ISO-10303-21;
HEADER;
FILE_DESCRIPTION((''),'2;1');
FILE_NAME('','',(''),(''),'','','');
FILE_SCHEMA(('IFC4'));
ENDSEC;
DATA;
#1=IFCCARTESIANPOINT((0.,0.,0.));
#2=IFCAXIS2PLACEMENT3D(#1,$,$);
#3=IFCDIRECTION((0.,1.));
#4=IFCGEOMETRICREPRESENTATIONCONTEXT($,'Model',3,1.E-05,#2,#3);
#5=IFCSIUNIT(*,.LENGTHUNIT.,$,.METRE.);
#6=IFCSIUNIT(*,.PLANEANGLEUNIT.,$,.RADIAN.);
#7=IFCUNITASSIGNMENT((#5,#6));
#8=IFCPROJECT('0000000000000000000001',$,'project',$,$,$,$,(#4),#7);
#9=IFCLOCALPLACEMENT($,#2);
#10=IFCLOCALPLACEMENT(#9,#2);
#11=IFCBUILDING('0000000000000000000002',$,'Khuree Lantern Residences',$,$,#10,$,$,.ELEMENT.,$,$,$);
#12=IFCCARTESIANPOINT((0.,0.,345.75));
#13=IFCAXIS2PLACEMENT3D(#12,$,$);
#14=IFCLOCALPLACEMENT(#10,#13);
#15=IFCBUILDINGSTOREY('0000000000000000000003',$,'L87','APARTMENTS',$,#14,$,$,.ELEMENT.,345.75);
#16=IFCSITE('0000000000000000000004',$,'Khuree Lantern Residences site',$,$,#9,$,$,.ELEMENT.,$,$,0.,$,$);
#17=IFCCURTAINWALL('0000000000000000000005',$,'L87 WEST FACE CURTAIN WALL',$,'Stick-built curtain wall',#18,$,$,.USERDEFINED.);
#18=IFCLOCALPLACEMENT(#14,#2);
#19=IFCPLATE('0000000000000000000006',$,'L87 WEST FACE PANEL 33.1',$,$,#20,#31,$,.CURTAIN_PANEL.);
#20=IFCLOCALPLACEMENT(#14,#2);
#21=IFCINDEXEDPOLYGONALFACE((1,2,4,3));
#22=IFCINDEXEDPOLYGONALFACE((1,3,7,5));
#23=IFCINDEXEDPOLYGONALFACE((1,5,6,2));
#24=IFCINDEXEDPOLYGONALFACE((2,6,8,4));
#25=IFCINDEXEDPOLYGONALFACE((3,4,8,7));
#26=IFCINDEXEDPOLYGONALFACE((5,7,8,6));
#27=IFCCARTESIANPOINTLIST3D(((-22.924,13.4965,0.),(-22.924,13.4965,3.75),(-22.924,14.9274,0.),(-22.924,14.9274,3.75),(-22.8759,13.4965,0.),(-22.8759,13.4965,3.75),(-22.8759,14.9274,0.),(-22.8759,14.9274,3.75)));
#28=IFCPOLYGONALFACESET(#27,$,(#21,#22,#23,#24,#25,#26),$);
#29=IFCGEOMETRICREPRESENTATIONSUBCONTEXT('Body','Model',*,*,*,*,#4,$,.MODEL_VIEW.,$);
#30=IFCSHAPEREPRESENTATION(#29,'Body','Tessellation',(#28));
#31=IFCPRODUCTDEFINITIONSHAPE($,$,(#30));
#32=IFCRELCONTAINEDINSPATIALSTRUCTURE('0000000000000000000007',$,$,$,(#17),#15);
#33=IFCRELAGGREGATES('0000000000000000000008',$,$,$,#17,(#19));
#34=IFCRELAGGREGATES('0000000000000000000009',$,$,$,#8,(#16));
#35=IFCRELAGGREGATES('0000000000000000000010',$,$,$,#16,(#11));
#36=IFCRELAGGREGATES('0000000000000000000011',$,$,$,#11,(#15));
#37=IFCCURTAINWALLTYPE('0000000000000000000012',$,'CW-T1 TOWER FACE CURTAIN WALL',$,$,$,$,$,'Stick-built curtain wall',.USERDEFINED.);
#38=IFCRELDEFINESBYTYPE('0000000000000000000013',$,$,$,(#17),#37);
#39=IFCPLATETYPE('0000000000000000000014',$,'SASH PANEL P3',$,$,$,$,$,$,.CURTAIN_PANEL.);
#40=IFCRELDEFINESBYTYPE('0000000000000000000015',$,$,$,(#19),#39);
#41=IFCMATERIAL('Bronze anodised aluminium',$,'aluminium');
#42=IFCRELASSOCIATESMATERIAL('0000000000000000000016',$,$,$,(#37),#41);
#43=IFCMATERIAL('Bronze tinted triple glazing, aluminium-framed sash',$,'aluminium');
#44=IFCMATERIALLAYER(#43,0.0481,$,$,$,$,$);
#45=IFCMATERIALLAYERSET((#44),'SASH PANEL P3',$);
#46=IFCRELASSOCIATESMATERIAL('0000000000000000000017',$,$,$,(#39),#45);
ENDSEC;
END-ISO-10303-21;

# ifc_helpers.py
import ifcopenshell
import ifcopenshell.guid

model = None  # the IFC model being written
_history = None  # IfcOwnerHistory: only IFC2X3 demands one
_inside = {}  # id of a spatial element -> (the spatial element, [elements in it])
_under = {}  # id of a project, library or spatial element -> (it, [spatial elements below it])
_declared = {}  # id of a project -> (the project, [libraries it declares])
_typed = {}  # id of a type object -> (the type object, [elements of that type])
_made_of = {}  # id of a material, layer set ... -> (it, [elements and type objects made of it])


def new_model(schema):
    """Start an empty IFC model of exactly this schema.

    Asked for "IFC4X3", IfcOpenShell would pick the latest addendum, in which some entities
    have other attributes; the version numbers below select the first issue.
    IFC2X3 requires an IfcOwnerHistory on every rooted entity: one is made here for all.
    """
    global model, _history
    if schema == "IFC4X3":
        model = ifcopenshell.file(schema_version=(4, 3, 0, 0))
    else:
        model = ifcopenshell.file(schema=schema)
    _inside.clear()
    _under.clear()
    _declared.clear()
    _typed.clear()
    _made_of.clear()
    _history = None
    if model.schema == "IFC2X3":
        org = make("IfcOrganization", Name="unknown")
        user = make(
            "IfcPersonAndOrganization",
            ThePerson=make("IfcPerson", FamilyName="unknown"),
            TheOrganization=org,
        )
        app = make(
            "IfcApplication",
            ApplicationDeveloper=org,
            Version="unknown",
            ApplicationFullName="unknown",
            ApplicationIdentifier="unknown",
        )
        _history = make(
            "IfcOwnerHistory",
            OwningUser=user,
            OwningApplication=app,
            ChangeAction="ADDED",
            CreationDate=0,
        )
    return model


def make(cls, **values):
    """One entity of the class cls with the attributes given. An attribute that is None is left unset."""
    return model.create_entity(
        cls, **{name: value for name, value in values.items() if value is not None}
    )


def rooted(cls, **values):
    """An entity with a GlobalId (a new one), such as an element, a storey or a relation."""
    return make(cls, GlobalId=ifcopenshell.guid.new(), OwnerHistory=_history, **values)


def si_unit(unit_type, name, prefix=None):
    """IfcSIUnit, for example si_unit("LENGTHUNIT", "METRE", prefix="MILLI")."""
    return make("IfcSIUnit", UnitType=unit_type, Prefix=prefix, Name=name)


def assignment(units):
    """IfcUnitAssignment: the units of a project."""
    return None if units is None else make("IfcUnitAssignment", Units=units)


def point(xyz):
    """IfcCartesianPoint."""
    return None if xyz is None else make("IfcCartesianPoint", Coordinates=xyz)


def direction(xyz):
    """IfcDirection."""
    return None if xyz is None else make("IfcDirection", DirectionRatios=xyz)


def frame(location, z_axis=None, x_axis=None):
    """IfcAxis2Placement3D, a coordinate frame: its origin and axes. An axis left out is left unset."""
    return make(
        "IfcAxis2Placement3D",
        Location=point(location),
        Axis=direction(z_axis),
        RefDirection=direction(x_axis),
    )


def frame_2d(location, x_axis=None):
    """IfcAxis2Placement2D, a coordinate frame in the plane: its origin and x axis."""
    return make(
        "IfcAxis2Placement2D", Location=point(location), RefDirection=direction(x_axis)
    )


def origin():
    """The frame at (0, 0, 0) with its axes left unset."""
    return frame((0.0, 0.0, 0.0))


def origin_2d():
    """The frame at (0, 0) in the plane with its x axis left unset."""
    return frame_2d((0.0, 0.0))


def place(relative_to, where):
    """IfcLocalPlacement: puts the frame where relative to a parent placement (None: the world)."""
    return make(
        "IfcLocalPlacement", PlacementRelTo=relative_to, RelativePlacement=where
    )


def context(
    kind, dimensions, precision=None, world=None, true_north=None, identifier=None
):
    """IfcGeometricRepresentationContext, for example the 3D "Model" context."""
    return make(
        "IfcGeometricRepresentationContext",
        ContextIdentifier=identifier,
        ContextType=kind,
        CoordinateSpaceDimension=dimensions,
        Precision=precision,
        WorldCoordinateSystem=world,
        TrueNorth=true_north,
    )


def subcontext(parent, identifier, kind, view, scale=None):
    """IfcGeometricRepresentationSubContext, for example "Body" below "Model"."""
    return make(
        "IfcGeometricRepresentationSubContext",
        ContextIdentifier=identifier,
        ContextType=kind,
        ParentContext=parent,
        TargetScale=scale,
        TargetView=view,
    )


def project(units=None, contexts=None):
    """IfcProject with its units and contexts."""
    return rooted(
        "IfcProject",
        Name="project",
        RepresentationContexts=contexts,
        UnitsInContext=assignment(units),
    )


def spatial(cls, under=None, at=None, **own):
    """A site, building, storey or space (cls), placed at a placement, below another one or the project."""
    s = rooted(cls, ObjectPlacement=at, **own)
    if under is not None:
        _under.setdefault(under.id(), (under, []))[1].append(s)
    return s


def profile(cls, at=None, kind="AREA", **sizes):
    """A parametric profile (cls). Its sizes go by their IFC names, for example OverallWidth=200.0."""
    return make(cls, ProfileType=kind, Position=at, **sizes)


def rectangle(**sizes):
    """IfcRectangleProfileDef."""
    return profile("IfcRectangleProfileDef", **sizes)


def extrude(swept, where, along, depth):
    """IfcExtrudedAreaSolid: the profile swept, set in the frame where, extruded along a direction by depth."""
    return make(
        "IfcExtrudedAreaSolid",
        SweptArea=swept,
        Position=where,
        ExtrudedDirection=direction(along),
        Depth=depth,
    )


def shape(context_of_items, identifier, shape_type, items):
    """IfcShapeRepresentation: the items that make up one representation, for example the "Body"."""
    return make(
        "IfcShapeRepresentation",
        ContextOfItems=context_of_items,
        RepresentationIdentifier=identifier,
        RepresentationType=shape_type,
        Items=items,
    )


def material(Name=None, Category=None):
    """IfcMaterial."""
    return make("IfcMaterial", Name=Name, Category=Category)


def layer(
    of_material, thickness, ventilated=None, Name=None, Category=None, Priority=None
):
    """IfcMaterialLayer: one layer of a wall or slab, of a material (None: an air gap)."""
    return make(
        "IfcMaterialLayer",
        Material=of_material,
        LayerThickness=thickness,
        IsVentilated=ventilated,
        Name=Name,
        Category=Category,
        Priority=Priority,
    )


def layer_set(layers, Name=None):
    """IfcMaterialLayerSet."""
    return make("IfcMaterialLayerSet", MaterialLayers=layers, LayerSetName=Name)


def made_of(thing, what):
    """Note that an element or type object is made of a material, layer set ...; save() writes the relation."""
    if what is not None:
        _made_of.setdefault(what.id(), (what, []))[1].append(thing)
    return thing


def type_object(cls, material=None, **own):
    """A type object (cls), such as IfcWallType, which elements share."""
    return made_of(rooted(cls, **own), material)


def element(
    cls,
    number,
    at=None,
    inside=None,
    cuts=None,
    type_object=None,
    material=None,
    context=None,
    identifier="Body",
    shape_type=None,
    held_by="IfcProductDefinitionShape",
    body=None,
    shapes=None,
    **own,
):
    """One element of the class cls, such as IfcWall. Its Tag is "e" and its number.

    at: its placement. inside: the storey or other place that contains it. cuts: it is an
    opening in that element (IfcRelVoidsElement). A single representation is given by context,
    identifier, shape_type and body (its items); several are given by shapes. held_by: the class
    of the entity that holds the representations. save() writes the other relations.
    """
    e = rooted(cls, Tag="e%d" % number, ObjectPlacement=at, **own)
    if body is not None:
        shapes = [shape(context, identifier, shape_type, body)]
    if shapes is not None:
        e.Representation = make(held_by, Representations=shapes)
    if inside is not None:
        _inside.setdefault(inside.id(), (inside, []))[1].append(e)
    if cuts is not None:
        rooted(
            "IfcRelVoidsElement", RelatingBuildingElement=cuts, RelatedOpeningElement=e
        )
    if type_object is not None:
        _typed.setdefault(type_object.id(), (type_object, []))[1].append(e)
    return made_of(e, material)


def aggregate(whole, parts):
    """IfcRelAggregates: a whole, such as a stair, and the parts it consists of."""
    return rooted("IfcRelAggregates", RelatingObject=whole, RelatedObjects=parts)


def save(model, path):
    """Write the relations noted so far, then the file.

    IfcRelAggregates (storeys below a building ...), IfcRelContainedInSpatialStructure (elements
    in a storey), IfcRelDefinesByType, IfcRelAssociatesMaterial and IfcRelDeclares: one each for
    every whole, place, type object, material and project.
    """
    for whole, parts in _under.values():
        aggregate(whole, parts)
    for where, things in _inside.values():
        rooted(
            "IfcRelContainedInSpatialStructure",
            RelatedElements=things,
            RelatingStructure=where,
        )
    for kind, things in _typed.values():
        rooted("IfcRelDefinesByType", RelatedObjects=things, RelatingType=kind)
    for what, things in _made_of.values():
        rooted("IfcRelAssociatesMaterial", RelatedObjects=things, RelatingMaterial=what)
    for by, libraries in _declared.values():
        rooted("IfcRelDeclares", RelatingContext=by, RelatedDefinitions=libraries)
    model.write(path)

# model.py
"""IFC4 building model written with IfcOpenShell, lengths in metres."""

from ifc_helpers import new_model, si_unit, direction, frame, origin, origin_2d, place, context, subcontext, project, spatial, rectangle, extrude, material, layer, layer_set, type_object, element, aggregate, save


model = new_model("IFC4")

# Units and contexts
model_context = context("Model", 3, precision=1e-05, world=origin(), true_north=direction((0.0, 1.0)))
body_context = subcontext(model_context, "Body", "Model", "MODEL_VIEW")
ifc_project = project(units=[si_unit("LENGTHUNIT", "METRE"), si_unit("PLANEANGLEUNIT", "RADIAN")], contexts=[model_context])

# Site, building, storey
site_placement = place(None, origin())
site = spatial("IfcSite", under=ifc_project, at=site_placement, Name="Khuree Lantern Residences site", CompositionType="ELEMENT", RefElevation=0.0)
building_placement = place(site_placement, origin())
building = spatial("IfcBuilding", under=site, at=building_placement, Name="Khuree Lantern Residences", CompositionType="ELEMENT")
storey_placement = place(building_placement, frame((0.0, 0.0, 345.75)))
storey = spatial("IfcBuildingStorey", under=building, at=storey_placement, Name="L87", Description="APARTMENTS", CompositionType="ELEMENT", Elevation=345.75)

# Curtain wall
ifc_material_1 = material(Name="Bronze anodised aluminium", Category="aluminium")
curtain_wall_type = type_object("IfcCurtainWallType", Name="CW-T1 TOWER FACE CURTAIN WALL", ElementType="Stick-built curtain wall", PredefinedType="USERDEFINED", material=ifc_material_1)
curtain_wall_placement = place(storey_placement, origin())
curtain_wall = element("IfcCurtainWall", 1, at=curtain_wall_placement, inside=storey, type_object=curtain_wall_type, Name="L87 WEST FACE CURTAIN WALL", ObjectType="Stick-built curtain wall", PredefinedType="USERDEFINED")

# Plate
ifc_material_2 = material(Name="Bronze tinted triple glazing, aluminium-framed sash", Category="aluminium")
ifc_layer_1 = layer(ifc_material_2, 0.0481)
ifc_layer_set_1 = layer_set([ifc_layer_1], Name="SASH PANEL P3")
plate_type_1 = type_object("IfcPlateType", Name="SASH PANEL P3", PredefinedType="CURTAIN_PANEL", material=ifc_layer_set_1)
plate_1_placement = place(storey_placement, frame((-22.8999, 14.2119, 0.0), z_axis=(0.0, 0.0, 1.0), x_axis=(0.0, -1.0, 0.0)))
plate_1 = element("IfcPlate", 2, at=plate_1_placement, type_object=plate_type_1, Name="L87 WEST FACE PANEL 33.1", PredefinedType="CURTAIN_PANEL", context=body_context, shape_type="SweptSolid", body=[
    extrude(rectangle(XDim=1.4309, YDim=0.0481, at=origin_2d()), origin(), (0.0, 0.0, 1.0), 3.75),
])
aggregate(curtain_wall, [plate_1])

save(model, "model.ifc")
